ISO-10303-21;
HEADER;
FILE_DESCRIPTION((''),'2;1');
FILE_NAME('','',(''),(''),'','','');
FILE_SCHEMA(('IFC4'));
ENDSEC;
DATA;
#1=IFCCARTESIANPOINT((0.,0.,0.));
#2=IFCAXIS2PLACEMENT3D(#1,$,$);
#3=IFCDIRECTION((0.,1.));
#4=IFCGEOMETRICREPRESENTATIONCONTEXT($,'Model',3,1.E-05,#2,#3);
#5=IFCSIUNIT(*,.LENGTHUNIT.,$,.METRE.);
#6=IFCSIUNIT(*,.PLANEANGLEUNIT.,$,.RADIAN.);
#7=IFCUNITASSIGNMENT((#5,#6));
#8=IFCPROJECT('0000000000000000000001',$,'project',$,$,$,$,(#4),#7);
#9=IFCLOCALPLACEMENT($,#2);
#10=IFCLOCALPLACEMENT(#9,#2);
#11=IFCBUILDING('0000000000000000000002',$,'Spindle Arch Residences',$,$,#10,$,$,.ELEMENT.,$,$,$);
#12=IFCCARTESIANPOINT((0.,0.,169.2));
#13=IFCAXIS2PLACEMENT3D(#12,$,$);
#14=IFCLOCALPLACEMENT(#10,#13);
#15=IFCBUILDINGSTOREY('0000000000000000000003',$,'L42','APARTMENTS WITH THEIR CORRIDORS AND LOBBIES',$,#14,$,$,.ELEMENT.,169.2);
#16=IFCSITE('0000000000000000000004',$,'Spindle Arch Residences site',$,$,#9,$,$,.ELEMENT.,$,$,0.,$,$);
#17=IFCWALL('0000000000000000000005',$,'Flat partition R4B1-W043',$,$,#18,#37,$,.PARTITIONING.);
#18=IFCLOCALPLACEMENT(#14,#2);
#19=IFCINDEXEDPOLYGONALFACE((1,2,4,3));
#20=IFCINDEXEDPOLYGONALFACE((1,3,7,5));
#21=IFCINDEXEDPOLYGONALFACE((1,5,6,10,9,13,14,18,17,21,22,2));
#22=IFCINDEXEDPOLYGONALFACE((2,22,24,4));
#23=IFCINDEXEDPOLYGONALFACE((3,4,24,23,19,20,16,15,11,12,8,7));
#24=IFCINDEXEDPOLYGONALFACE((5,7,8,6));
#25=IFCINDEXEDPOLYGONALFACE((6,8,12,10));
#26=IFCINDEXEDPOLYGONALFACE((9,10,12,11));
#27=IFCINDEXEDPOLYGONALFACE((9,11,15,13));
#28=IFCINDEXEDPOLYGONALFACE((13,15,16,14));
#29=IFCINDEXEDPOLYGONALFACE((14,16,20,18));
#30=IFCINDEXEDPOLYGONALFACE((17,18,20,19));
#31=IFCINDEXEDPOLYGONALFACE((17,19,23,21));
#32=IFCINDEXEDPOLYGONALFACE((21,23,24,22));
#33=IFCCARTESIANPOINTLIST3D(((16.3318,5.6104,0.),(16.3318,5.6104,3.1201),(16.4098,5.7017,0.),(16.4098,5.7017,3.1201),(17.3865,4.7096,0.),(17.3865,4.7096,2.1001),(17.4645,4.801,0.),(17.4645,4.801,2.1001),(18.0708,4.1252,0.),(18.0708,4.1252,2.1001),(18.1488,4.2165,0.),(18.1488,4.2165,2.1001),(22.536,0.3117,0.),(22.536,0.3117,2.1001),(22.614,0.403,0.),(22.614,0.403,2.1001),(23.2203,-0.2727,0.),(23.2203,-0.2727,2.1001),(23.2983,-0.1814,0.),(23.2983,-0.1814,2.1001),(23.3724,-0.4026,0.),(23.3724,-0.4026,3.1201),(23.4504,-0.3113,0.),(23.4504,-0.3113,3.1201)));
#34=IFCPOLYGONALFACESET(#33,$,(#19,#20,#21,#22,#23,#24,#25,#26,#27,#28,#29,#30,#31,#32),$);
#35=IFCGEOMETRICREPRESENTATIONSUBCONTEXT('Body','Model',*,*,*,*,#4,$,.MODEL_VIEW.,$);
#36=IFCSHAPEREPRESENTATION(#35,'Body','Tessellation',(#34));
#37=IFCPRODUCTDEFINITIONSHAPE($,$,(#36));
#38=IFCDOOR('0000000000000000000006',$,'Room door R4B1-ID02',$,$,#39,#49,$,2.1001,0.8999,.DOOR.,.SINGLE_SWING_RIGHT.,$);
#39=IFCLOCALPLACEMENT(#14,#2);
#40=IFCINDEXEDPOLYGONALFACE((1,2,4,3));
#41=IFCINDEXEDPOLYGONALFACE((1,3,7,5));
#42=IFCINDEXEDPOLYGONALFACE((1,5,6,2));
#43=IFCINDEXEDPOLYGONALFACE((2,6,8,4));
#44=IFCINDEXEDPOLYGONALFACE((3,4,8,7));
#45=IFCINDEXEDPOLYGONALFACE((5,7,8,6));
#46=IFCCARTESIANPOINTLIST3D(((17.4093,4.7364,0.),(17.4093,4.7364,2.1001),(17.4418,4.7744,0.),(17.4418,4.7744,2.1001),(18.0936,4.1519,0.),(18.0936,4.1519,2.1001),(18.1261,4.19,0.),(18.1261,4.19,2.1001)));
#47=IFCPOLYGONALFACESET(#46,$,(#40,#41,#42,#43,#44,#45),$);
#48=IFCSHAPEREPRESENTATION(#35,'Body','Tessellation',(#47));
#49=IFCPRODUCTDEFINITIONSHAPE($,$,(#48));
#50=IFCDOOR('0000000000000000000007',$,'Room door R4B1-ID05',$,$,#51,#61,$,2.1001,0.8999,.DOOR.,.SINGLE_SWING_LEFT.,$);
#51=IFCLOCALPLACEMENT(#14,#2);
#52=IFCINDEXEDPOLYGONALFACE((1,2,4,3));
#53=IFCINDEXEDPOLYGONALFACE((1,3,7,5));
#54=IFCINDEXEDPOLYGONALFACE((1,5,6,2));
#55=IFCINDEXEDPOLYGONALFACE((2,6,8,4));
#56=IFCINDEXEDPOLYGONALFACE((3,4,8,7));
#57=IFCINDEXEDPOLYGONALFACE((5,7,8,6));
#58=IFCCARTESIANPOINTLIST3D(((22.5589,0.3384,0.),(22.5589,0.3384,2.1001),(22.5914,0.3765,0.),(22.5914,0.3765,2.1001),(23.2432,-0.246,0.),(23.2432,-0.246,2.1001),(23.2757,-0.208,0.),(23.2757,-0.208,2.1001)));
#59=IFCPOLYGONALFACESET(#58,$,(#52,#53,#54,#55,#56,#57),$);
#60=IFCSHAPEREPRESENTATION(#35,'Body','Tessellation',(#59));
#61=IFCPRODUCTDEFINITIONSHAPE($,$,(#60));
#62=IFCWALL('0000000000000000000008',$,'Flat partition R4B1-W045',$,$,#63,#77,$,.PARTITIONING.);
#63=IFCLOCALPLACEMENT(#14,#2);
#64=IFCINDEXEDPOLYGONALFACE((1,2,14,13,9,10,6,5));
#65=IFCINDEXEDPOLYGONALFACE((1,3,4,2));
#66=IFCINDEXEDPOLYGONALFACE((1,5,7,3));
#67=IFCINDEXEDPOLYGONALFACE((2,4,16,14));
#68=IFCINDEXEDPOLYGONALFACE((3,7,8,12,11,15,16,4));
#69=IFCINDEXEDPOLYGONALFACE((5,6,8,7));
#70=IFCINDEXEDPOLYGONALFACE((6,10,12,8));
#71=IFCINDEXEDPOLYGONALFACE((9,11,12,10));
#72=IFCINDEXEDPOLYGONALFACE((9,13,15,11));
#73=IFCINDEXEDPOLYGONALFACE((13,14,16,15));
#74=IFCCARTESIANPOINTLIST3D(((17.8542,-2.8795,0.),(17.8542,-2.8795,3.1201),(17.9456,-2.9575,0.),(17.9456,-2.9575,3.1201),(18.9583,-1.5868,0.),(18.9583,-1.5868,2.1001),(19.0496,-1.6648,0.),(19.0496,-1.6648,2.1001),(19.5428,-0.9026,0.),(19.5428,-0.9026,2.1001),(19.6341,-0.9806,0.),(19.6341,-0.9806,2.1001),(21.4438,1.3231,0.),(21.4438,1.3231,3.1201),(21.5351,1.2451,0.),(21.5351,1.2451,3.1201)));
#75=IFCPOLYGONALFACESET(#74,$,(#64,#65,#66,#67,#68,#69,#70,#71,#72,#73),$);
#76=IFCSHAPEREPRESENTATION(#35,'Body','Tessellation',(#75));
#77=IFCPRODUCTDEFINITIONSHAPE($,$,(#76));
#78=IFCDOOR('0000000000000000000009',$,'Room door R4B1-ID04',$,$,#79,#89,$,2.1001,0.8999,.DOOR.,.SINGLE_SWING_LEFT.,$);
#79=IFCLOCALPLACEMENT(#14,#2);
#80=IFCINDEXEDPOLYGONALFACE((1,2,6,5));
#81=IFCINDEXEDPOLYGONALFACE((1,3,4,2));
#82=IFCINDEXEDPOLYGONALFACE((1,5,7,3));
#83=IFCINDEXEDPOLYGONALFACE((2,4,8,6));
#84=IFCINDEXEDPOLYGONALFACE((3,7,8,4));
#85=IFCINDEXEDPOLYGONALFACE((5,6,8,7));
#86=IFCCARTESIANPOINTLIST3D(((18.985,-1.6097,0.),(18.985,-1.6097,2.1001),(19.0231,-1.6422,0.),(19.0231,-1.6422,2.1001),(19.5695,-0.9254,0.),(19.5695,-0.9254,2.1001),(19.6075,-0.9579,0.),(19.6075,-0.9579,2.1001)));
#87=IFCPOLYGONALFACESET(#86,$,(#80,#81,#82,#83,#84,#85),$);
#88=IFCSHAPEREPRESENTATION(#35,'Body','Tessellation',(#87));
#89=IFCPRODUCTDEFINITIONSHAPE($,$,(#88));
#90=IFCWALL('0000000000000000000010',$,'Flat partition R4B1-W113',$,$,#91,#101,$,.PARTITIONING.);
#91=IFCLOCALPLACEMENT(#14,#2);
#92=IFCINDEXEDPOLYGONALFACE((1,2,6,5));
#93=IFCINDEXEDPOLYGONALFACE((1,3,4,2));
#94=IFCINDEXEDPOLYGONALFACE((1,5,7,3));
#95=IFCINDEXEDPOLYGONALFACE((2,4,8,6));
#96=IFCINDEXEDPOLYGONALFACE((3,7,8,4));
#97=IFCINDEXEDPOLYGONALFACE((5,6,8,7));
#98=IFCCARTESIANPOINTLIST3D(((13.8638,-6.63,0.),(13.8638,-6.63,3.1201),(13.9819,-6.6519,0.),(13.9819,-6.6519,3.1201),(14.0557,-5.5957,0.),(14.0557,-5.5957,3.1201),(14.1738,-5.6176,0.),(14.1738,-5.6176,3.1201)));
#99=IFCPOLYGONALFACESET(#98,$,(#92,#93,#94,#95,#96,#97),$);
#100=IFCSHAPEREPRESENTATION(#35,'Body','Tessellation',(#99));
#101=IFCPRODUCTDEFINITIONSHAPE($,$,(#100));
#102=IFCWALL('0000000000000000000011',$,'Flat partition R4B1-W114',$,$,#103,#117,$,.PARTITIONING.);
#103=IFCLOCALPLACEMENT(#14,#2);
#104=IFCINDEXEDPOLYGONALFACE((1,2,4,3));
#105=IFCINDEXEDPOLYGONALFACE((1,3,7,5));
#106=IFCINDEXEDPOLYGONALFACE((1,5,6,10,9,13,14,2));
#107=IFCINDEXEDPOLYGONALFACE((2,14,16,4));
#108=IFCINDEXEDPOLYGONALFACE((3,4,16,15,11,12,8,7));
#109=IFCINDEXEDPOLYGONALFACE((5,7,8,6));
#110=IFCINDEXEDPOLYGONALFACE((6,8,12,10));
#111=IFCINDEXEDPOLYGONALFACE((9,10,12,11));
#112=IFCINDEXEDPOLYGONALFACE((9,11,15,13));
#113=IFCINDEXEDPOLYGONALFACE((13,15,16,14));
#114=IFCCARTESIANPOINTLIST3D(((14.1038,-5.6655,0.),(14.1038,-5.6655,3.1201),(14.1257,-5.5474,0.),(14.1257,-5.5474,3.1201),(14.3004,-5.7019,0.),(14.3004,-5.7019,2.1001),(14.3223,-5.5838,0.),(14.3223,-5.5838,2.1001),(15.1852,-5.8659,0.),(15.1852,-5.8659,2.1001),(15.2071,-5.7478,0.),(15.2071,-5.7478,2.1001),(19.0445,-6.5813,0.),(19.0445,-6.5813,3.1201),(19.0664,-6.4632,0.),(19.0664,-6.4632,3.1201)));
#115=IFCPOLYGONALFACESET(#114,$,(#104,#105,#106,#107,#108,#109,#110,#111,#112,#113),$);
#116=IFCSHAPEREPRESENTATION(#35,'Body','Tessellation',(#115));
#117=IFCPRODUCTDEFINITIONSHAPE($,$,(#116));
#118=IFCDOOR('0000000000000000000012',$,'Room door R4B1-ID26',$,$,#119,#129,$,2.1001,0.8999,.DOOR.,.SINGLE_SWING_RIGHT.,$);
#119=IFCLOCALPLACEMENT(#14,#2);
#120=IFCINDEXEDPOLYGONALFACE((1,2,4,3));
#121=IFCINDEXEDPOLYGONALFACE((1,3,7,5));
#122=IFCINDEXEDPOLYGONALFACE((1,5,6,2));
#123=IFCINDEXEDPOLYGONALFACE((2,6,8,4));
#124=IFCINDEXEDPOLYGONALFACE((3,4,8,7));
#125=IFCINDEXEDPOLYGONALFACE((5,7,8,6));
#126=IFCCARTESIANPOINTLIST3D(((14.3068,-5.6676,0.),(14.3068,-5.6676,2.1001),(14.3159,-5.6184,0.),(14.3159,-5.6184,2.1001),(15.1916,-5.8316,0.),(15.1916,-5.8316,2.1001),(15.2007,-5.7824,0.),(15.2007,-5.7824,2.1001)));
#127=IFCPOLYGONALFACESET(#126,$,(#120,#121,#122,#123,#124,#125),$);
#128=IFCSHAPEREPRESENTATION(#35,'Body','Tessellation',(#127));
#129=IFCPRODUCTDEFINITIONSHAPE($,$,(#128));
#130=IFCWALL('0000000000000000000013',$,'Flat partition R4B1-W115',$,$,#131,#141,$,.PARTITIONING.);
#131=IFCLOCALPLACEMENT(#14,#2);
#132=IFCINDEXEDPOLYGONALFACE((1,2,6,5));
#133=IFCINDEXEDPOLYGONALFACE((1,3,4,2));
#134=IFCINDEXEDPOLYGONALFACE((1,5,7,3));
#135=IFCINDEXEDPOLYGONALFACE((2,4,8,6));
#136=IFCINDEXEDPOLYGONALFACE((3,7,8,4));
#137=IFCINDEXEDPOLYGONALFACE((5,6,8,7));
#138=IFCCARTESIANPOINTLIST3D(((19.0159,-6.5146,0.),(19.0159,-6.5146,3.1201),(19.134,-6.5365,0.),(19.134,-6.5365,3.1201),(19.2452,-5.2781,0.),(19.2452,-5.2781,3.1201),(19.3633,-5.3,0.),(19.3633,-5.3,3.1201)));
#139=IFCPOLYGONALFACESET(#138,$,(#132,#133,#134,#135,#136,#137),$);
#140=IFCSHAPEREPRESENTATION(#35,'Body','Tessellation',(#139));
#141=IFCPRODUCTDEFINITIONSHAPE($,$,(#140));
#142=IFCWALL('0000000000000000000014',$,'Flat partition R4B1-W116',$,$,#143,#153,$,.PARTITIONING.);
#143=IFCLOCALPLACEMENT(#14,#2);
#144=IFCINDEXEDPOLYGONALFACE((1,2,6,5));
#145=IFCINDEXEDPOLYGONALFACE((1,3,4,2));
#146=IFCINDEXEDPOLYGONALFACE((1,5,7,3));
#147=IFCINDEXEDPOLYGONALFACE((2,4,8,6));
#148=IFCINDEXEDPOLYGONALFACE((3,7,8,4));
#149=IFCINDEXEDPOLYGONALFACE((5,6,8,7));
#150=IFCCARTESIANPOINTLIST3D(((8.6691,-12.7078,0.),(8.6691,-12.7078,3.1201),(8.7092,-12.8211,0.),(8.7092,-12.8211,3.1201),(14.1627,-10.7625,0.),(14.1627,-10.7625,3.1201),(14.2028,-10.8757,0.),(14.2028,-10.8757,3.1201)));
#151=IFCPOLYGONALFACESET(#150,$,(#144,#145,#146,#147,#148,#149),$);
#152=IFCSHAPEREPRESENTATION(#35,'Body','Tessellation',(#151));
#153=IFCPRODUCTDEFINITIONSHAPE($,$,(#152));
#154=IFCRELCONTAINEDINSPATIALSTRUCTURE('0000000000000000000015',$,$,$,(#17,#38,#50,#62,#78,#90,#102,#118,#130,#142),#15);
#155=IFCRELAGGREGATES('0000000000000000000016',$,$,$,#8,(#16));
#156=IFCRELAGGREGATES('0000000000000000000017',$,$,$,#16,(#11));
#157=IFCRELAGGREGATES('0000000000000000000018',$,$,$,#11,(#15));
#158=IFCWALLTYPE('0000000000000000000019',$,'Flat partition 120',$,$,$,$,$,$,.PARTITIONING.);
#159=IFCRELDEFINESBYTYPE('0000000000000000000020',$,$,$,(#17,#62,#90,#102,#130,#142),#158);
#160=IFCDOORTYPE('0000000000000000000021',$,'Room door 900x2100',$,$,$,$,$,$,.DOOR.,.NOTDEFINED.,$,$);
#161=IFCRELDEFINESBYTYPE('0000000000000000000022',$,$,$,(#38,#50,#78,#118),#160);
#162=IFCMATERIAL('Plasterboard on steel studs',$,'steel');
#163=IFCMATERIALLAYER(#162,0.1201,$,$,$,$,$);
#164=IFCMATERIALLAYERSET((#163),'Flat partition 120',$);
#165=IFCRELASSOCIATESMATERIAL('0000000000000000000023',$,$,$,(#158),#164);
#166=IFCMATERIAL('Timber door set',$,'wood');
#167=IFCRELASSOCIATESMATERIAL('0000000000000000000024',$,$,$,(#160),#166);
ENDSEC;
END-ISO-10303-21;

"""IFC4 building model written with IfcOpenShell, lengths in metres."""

from ifc_helpers import new_model, si_unit, direction, frame, frame_2d, origin, place, context, subcontext, project, spatial, rectangle, extrude, material, layer, layer_set, type_object, element, fill, save


model = new_model("IFC4")

# Units and contexts
model_context = context("Model", 3, precision=1e-05, world=origin(), true_north=direction((0.0, 1.0)))
body_context = subcontext(model_context, "Body", "Model", "MODEL_VIEW")
ifc_project = project(units=[si_unit("LENGTHUNIT", "METRE"), si_unit("PLANEANGLEUNIT", "RADIAN")], contexts=[model_context])

# Site, building, storey
site_placement = place(None, origin())
site = spatial("IfcSite", under=ifc_project, at=site_placement, Name="Spindle Arch Residences site", CompositionType="ELEMENT", RefElevation=0.0)
building_placement = place(site_placement, origin())
building = spatial("IfcBuilding", under=site, at=building_placement, Name="Spindle Arch Residences", CompositionType="ELEMENT")
storey_placement = place(building_placement, frame((0.0, 0.0, 169.2)))
storey = spatial("IfcBuildingStorey", under=building, at=storey_placement, Name="L42", Description="APARTMENTS WITH THEIR CORRIDORS AND LOBBIES", CompositionType="ELEMENT", Elevation=169.2)

# Wall, openings, doors
ifc_material_1 = material(Name="Plasterboard on steel studs", Category="steel")
ifc_layer_1 = layer(ifc_material_1, 0.1201)
ifc_layer_set_1 = layer_set([ifc_layer_1], Name="Flat partition 120")
wall_type_1 = type_object("IfcWallType", Name="Flat partition 120", PredefinedType="PARTITIONING", material=ifc_layer_set_1)
wall_1_placement = place(storey_placement, frame((23.4114, -0.3569, 0.0), z_axis=(0.0, 0.0, 1.0), x_axis=(-0.760419, 0.649433, 0.0)))
wall_1 = element("IfcWall", 1, at=wall_1_placement, inside=storey, type_object=wall_type_1, Name="Flat partition R4B1-W043", PredefinedType="PARTITIONING", context=body_context, shape_type="SweptSolid", body=[
    extrude(rectangle(XDim=9.2588, YDim=0.1201, at=frame_2d((4.6294, 0.0))), origin(), (0.0, 0.0, 1.0), 3.1201),
])
opening_1_placement = place(wall_1_placement, frame((6.9719, 0.0, 0.0)))
opening_1 = element("IfcOpeningElement", 2, at=opening_1_placement, cuts=wall_1, PredefinedType="OPENING", context=body_context, shape_type="SweptSolid", body=[
    extrude(rectangle(XDim=0.8999, YDim=2.1001, at=frame_2d((0.45, 1.05))), frame((0.0, 0.0701, 0.0), z_axis=(0.0, -1.0, 0.0), x_axis=(1.0, 0.0, 0.0)), (0.0, 0.0, 1.0), 0.1401),
])
opening_2_placement = place(wall_1_placement, frame((0.2, 0.0, 0.0)))
opening_2 = element("IfcOpeningElement", 3, at=opening_2_placement, cuts=wall_1, PredefinedType="OPENING", context=body_context, shape_type="SweptSolid", body=[
    extrude(rectangle(XDim=0.8999, YDim=2.1001, at=frame_2d((0.45, 1.05))), frame((0.0, 0.0701, 0.0), z_axis=(0.0, -1.0, 0.0), x_axis=(1.0, 0.0, 0.0)), (0.0, 0.0, 1.0), 0.1401),
])
ifc_material_2 = material(Name="Timber door set", Category="wood")
door_type = type_object("IfcDoorType", Name="Room door 900x2100", OperationType="NOTDEFINED", PredefinedType="DOOR", material=ifc_material_2)
door_1_placement = place(opening_1_placement, origin())
door_1 = element("IfcDoor", 4, at=door_1_placement, inside=storey, type_object=door_type, Name="Room door R4B1-ID02", OperationType="SINGLE_SWING_RIGHT", OverallHeight=2.1001, OverallWidth=0.8999, PredefinedType="DOOR", context=body_context, shape_type="SweptSolid", body=[
    extrude(rectangle(XDim=0.8999, YDim=2.1001, at=frame_2d((0.45, 1.05))), frame((0.0, 0.0249, 0.0), z_axis=(0.0, -1.0, 0.0), x_axis=(1.0, 0.0, 0.0)), (0.0, 0.0, 1.0), 0.05),
])
fill(opening_1, door_1)
door_2_placement = place(opening_2_placement, origin())
door_2 = element("IfcDoor", 5, at=door_2_placement, inside=storey, type_object=door_type, Name="Room door R4B1-ID05", OperationType="SINGLE_SWING_LEFT", OverallHeight=2.1001, OverallWidth=0.8999, PredefinedType="DOOR", context=body_context, shape_type="SweptSolid", body=[
    extrude(rectangle(XDim=0.8999, YDim=2.1001, at=frame_2d((0.45, 1.05))), frame((0.0, 0.0249, 0.0), z_axis=(0.0, -1.0, 0.0), x_axis=(1.0, 0.0, 0.0)), (0.0, 0.0, 1.0), 0.05),
])
fill(opening_2, door_2)

# Wall, opening, door
wall_2_placement = place(storey_placement, frame((17.8999, -2.9185, 0.0), z_axis=(0.0, 0.0, 1.0), x_axis=(0.64947, 0.760387, 0.0)))
wall_2 = element("IfcWall", 6, at=wall_2_placement, inside=storey, type_object=wall_type_1, Name="Flat partition R4B1-W045", PredefinedType="PARTITIONING", context=body_context, shape_type="SweptSolid", body=[
    extrude(rectangle(XDim=5.5269, YDim=0.1201, at=frame_2d((2.7634, 0.0))), origin(), (0.0, 0.0, 1.0), 3.1201),
])
opening_3_placement = place(wall_2_placement, frame((1.7, 0.0, 0.0)))
opening_3 = element("IfcOpeningElement", 7, at=opening_3_placement, cuts=wall_2, PredefinedType="OPENING", context=body_context, shape_type="SweptSolid", body=[
    extrude(rectangle(XDim=0.8999, YDim=2.1001, at=frame_2d((0.45, 1.05))), frame((0.0, 0.0701, 0.0), z_axis=(0.0, -1.0, 0.0), x_axis=(1.0, 0.0, 0.0)), (0.0, 0.0, 1.0), 0.1401),
])
door_3_placement = place(opening_3_placement, origin())
door_3 = element("IfcDoor", 8, at=door_3_placement, inside=storey, type_object=door_type, Name="Room door R4B1-ID04", OperationType="SINGLE_SWING_LEFT", OverallHeight=2.1001, OverallWidth=0.8999, PredefinedType="DOOR", context=body_context, shape_type="SweptSolid", body=[
    extrude(rectangle(XDim=0.8999, YDim=2.1001, at=frame_2d((0.45, 1.05))), frame((0.0, 0.0249, 0.0), z_axis=(0.0, -1.0, 0.0), x_axis=(1.0, 0.0, 0.0)), (0.0, 0.0, 1.0), 0.05),
])
fill(opening_3, door_3)

# Wall
wall_3_placement = place(storey_placement, frame((13.9229, -6.6409, 0.0), z_axis=(0.0, 0.0, 1.0), x_axis=(0.182397, 0.983225, 0.0)))
element("IfcWall", 9, at=wall_3_placement, inside=storey, type_object=wall_type_1, Name="Flat partition R4B1-W113", PredefinedType="PARTITIONING", context=body_context, shape_type="SweptSolid", body=[
    extrude(rectangle(XDim=1.052, YDim=0.1201, at=frame_2d((0.5259, 0.0))), origin(), (0.0, 0.0, 1.0), 3.1201),
])

# Wall, opening, door
wall_4_placement = place(storey_placement, frame((14.1147, -5.6064, 0.0), z_axis=(0.0, 0.0, 1.0), x_axis=(0.983252, -0.182249, 0.0)))
wall_4 = element("IfcWall", 10, at=wall_4_placement, inside=storey, type_object=wall_type_1, Name="Flat partition R4B1-W114", PredefinedType="PARTITIONING", context=body_context, shape_type="SweptSolid", body=[
    extrude(rectangle(XDim=5.0249, YDim=0.1201, at=frame_2d((2.5125, 0.0))), origin(), (0.0, 0.0, 1.0), 3.1201),
])
opening_4_placement = place(wall_4_placement, frame((0.2, 0.0, 0.0)))
opening_4 = element("IfcOpeningElement", 11, at=opening_4_placement, cuts=wall_4, PredefinedType="OPENING", context=body_context, shape_type="SweptSolid", body=[
    extrude(rectangle(XDim=0.8999, YDim=2.1001, at=frame_2d((0.45, 1.05))), frame((0.0, 0.0701, 0.0), z_axis=(0.0, -1.0, 0.0), x_axis=(1.0, 0.0, 0.0)), (0.0, 0.0, 1.0), 0.1401),
])
door_4_placement = place(opening_4_placement, origin())
door_4 = element("IfcDoor", 12, at=door_4_placement, inside=storey, type_object=door_type, Name="Room door R4B1-ID26", OperationType="SINGLE_SWING_RIGHT", OverallHeight=2.1001, OverallWidth=0.8999, PredefinedType="DOOR", context=body_context, shape_type="SweptSolid", body=[
    extrude(rectangle(XDim=0.8999, YDim=2.1001, at=frame_2d((0.45, 1.05))), frame((0.0, 0.0249, 0.0), z_axis=(0.0, -1.0, 0.0), x_axis=(1.0, 0.0, 0.0)), (0.0, 0.0, 1.0), 0.05),
])
fill(opening_4, door_4)

# Walls
wall_5_placement = place(storey_placement, frame((19.075, -6.5256, 0.0), z_axis=(0.0, 0.0, 1.0), x_axis=(0.182284, 0.983246, 0.0)))
element("IfcWall", 13, at=wall_5_placement, inside=storey, type_object=wall_type_1, Name="Flat partition R4B1-W115", PredefinedType="PARTITIONING", context=body_context, shape_type="SweptSolid", body=[
    extrude(rectangle(XDim=1.2576, YDim=0.1201, at=frame_2d((0.6289, 0.0))), origin(), (0.0, 0.0, 1.0), 3.1201),
])
wall_6_placement = place(storey_placement, frame((14.1829, -10.8191, 0.0), z_axis=(0.0, 0.0, 1.0), x_axis=(-0.942646, -0.333793, 0.0)))
element("IfcWall", 14, at=wall_6_placement, inside=storey, type_object=wall_type_1, Name="Flat partition R4B1-W116", PredefinedType="PARTITIONING", context=body_context, shape_type="SweptSolid", body=[
    extrude(rectangle(XDim=5.8279, YDim=0.1201, at=frame_2d((2.9141, 0.0))), origin(), (0.0, 0.0, 1.0), 3.1201),
])

save(model, "model.ifc")
